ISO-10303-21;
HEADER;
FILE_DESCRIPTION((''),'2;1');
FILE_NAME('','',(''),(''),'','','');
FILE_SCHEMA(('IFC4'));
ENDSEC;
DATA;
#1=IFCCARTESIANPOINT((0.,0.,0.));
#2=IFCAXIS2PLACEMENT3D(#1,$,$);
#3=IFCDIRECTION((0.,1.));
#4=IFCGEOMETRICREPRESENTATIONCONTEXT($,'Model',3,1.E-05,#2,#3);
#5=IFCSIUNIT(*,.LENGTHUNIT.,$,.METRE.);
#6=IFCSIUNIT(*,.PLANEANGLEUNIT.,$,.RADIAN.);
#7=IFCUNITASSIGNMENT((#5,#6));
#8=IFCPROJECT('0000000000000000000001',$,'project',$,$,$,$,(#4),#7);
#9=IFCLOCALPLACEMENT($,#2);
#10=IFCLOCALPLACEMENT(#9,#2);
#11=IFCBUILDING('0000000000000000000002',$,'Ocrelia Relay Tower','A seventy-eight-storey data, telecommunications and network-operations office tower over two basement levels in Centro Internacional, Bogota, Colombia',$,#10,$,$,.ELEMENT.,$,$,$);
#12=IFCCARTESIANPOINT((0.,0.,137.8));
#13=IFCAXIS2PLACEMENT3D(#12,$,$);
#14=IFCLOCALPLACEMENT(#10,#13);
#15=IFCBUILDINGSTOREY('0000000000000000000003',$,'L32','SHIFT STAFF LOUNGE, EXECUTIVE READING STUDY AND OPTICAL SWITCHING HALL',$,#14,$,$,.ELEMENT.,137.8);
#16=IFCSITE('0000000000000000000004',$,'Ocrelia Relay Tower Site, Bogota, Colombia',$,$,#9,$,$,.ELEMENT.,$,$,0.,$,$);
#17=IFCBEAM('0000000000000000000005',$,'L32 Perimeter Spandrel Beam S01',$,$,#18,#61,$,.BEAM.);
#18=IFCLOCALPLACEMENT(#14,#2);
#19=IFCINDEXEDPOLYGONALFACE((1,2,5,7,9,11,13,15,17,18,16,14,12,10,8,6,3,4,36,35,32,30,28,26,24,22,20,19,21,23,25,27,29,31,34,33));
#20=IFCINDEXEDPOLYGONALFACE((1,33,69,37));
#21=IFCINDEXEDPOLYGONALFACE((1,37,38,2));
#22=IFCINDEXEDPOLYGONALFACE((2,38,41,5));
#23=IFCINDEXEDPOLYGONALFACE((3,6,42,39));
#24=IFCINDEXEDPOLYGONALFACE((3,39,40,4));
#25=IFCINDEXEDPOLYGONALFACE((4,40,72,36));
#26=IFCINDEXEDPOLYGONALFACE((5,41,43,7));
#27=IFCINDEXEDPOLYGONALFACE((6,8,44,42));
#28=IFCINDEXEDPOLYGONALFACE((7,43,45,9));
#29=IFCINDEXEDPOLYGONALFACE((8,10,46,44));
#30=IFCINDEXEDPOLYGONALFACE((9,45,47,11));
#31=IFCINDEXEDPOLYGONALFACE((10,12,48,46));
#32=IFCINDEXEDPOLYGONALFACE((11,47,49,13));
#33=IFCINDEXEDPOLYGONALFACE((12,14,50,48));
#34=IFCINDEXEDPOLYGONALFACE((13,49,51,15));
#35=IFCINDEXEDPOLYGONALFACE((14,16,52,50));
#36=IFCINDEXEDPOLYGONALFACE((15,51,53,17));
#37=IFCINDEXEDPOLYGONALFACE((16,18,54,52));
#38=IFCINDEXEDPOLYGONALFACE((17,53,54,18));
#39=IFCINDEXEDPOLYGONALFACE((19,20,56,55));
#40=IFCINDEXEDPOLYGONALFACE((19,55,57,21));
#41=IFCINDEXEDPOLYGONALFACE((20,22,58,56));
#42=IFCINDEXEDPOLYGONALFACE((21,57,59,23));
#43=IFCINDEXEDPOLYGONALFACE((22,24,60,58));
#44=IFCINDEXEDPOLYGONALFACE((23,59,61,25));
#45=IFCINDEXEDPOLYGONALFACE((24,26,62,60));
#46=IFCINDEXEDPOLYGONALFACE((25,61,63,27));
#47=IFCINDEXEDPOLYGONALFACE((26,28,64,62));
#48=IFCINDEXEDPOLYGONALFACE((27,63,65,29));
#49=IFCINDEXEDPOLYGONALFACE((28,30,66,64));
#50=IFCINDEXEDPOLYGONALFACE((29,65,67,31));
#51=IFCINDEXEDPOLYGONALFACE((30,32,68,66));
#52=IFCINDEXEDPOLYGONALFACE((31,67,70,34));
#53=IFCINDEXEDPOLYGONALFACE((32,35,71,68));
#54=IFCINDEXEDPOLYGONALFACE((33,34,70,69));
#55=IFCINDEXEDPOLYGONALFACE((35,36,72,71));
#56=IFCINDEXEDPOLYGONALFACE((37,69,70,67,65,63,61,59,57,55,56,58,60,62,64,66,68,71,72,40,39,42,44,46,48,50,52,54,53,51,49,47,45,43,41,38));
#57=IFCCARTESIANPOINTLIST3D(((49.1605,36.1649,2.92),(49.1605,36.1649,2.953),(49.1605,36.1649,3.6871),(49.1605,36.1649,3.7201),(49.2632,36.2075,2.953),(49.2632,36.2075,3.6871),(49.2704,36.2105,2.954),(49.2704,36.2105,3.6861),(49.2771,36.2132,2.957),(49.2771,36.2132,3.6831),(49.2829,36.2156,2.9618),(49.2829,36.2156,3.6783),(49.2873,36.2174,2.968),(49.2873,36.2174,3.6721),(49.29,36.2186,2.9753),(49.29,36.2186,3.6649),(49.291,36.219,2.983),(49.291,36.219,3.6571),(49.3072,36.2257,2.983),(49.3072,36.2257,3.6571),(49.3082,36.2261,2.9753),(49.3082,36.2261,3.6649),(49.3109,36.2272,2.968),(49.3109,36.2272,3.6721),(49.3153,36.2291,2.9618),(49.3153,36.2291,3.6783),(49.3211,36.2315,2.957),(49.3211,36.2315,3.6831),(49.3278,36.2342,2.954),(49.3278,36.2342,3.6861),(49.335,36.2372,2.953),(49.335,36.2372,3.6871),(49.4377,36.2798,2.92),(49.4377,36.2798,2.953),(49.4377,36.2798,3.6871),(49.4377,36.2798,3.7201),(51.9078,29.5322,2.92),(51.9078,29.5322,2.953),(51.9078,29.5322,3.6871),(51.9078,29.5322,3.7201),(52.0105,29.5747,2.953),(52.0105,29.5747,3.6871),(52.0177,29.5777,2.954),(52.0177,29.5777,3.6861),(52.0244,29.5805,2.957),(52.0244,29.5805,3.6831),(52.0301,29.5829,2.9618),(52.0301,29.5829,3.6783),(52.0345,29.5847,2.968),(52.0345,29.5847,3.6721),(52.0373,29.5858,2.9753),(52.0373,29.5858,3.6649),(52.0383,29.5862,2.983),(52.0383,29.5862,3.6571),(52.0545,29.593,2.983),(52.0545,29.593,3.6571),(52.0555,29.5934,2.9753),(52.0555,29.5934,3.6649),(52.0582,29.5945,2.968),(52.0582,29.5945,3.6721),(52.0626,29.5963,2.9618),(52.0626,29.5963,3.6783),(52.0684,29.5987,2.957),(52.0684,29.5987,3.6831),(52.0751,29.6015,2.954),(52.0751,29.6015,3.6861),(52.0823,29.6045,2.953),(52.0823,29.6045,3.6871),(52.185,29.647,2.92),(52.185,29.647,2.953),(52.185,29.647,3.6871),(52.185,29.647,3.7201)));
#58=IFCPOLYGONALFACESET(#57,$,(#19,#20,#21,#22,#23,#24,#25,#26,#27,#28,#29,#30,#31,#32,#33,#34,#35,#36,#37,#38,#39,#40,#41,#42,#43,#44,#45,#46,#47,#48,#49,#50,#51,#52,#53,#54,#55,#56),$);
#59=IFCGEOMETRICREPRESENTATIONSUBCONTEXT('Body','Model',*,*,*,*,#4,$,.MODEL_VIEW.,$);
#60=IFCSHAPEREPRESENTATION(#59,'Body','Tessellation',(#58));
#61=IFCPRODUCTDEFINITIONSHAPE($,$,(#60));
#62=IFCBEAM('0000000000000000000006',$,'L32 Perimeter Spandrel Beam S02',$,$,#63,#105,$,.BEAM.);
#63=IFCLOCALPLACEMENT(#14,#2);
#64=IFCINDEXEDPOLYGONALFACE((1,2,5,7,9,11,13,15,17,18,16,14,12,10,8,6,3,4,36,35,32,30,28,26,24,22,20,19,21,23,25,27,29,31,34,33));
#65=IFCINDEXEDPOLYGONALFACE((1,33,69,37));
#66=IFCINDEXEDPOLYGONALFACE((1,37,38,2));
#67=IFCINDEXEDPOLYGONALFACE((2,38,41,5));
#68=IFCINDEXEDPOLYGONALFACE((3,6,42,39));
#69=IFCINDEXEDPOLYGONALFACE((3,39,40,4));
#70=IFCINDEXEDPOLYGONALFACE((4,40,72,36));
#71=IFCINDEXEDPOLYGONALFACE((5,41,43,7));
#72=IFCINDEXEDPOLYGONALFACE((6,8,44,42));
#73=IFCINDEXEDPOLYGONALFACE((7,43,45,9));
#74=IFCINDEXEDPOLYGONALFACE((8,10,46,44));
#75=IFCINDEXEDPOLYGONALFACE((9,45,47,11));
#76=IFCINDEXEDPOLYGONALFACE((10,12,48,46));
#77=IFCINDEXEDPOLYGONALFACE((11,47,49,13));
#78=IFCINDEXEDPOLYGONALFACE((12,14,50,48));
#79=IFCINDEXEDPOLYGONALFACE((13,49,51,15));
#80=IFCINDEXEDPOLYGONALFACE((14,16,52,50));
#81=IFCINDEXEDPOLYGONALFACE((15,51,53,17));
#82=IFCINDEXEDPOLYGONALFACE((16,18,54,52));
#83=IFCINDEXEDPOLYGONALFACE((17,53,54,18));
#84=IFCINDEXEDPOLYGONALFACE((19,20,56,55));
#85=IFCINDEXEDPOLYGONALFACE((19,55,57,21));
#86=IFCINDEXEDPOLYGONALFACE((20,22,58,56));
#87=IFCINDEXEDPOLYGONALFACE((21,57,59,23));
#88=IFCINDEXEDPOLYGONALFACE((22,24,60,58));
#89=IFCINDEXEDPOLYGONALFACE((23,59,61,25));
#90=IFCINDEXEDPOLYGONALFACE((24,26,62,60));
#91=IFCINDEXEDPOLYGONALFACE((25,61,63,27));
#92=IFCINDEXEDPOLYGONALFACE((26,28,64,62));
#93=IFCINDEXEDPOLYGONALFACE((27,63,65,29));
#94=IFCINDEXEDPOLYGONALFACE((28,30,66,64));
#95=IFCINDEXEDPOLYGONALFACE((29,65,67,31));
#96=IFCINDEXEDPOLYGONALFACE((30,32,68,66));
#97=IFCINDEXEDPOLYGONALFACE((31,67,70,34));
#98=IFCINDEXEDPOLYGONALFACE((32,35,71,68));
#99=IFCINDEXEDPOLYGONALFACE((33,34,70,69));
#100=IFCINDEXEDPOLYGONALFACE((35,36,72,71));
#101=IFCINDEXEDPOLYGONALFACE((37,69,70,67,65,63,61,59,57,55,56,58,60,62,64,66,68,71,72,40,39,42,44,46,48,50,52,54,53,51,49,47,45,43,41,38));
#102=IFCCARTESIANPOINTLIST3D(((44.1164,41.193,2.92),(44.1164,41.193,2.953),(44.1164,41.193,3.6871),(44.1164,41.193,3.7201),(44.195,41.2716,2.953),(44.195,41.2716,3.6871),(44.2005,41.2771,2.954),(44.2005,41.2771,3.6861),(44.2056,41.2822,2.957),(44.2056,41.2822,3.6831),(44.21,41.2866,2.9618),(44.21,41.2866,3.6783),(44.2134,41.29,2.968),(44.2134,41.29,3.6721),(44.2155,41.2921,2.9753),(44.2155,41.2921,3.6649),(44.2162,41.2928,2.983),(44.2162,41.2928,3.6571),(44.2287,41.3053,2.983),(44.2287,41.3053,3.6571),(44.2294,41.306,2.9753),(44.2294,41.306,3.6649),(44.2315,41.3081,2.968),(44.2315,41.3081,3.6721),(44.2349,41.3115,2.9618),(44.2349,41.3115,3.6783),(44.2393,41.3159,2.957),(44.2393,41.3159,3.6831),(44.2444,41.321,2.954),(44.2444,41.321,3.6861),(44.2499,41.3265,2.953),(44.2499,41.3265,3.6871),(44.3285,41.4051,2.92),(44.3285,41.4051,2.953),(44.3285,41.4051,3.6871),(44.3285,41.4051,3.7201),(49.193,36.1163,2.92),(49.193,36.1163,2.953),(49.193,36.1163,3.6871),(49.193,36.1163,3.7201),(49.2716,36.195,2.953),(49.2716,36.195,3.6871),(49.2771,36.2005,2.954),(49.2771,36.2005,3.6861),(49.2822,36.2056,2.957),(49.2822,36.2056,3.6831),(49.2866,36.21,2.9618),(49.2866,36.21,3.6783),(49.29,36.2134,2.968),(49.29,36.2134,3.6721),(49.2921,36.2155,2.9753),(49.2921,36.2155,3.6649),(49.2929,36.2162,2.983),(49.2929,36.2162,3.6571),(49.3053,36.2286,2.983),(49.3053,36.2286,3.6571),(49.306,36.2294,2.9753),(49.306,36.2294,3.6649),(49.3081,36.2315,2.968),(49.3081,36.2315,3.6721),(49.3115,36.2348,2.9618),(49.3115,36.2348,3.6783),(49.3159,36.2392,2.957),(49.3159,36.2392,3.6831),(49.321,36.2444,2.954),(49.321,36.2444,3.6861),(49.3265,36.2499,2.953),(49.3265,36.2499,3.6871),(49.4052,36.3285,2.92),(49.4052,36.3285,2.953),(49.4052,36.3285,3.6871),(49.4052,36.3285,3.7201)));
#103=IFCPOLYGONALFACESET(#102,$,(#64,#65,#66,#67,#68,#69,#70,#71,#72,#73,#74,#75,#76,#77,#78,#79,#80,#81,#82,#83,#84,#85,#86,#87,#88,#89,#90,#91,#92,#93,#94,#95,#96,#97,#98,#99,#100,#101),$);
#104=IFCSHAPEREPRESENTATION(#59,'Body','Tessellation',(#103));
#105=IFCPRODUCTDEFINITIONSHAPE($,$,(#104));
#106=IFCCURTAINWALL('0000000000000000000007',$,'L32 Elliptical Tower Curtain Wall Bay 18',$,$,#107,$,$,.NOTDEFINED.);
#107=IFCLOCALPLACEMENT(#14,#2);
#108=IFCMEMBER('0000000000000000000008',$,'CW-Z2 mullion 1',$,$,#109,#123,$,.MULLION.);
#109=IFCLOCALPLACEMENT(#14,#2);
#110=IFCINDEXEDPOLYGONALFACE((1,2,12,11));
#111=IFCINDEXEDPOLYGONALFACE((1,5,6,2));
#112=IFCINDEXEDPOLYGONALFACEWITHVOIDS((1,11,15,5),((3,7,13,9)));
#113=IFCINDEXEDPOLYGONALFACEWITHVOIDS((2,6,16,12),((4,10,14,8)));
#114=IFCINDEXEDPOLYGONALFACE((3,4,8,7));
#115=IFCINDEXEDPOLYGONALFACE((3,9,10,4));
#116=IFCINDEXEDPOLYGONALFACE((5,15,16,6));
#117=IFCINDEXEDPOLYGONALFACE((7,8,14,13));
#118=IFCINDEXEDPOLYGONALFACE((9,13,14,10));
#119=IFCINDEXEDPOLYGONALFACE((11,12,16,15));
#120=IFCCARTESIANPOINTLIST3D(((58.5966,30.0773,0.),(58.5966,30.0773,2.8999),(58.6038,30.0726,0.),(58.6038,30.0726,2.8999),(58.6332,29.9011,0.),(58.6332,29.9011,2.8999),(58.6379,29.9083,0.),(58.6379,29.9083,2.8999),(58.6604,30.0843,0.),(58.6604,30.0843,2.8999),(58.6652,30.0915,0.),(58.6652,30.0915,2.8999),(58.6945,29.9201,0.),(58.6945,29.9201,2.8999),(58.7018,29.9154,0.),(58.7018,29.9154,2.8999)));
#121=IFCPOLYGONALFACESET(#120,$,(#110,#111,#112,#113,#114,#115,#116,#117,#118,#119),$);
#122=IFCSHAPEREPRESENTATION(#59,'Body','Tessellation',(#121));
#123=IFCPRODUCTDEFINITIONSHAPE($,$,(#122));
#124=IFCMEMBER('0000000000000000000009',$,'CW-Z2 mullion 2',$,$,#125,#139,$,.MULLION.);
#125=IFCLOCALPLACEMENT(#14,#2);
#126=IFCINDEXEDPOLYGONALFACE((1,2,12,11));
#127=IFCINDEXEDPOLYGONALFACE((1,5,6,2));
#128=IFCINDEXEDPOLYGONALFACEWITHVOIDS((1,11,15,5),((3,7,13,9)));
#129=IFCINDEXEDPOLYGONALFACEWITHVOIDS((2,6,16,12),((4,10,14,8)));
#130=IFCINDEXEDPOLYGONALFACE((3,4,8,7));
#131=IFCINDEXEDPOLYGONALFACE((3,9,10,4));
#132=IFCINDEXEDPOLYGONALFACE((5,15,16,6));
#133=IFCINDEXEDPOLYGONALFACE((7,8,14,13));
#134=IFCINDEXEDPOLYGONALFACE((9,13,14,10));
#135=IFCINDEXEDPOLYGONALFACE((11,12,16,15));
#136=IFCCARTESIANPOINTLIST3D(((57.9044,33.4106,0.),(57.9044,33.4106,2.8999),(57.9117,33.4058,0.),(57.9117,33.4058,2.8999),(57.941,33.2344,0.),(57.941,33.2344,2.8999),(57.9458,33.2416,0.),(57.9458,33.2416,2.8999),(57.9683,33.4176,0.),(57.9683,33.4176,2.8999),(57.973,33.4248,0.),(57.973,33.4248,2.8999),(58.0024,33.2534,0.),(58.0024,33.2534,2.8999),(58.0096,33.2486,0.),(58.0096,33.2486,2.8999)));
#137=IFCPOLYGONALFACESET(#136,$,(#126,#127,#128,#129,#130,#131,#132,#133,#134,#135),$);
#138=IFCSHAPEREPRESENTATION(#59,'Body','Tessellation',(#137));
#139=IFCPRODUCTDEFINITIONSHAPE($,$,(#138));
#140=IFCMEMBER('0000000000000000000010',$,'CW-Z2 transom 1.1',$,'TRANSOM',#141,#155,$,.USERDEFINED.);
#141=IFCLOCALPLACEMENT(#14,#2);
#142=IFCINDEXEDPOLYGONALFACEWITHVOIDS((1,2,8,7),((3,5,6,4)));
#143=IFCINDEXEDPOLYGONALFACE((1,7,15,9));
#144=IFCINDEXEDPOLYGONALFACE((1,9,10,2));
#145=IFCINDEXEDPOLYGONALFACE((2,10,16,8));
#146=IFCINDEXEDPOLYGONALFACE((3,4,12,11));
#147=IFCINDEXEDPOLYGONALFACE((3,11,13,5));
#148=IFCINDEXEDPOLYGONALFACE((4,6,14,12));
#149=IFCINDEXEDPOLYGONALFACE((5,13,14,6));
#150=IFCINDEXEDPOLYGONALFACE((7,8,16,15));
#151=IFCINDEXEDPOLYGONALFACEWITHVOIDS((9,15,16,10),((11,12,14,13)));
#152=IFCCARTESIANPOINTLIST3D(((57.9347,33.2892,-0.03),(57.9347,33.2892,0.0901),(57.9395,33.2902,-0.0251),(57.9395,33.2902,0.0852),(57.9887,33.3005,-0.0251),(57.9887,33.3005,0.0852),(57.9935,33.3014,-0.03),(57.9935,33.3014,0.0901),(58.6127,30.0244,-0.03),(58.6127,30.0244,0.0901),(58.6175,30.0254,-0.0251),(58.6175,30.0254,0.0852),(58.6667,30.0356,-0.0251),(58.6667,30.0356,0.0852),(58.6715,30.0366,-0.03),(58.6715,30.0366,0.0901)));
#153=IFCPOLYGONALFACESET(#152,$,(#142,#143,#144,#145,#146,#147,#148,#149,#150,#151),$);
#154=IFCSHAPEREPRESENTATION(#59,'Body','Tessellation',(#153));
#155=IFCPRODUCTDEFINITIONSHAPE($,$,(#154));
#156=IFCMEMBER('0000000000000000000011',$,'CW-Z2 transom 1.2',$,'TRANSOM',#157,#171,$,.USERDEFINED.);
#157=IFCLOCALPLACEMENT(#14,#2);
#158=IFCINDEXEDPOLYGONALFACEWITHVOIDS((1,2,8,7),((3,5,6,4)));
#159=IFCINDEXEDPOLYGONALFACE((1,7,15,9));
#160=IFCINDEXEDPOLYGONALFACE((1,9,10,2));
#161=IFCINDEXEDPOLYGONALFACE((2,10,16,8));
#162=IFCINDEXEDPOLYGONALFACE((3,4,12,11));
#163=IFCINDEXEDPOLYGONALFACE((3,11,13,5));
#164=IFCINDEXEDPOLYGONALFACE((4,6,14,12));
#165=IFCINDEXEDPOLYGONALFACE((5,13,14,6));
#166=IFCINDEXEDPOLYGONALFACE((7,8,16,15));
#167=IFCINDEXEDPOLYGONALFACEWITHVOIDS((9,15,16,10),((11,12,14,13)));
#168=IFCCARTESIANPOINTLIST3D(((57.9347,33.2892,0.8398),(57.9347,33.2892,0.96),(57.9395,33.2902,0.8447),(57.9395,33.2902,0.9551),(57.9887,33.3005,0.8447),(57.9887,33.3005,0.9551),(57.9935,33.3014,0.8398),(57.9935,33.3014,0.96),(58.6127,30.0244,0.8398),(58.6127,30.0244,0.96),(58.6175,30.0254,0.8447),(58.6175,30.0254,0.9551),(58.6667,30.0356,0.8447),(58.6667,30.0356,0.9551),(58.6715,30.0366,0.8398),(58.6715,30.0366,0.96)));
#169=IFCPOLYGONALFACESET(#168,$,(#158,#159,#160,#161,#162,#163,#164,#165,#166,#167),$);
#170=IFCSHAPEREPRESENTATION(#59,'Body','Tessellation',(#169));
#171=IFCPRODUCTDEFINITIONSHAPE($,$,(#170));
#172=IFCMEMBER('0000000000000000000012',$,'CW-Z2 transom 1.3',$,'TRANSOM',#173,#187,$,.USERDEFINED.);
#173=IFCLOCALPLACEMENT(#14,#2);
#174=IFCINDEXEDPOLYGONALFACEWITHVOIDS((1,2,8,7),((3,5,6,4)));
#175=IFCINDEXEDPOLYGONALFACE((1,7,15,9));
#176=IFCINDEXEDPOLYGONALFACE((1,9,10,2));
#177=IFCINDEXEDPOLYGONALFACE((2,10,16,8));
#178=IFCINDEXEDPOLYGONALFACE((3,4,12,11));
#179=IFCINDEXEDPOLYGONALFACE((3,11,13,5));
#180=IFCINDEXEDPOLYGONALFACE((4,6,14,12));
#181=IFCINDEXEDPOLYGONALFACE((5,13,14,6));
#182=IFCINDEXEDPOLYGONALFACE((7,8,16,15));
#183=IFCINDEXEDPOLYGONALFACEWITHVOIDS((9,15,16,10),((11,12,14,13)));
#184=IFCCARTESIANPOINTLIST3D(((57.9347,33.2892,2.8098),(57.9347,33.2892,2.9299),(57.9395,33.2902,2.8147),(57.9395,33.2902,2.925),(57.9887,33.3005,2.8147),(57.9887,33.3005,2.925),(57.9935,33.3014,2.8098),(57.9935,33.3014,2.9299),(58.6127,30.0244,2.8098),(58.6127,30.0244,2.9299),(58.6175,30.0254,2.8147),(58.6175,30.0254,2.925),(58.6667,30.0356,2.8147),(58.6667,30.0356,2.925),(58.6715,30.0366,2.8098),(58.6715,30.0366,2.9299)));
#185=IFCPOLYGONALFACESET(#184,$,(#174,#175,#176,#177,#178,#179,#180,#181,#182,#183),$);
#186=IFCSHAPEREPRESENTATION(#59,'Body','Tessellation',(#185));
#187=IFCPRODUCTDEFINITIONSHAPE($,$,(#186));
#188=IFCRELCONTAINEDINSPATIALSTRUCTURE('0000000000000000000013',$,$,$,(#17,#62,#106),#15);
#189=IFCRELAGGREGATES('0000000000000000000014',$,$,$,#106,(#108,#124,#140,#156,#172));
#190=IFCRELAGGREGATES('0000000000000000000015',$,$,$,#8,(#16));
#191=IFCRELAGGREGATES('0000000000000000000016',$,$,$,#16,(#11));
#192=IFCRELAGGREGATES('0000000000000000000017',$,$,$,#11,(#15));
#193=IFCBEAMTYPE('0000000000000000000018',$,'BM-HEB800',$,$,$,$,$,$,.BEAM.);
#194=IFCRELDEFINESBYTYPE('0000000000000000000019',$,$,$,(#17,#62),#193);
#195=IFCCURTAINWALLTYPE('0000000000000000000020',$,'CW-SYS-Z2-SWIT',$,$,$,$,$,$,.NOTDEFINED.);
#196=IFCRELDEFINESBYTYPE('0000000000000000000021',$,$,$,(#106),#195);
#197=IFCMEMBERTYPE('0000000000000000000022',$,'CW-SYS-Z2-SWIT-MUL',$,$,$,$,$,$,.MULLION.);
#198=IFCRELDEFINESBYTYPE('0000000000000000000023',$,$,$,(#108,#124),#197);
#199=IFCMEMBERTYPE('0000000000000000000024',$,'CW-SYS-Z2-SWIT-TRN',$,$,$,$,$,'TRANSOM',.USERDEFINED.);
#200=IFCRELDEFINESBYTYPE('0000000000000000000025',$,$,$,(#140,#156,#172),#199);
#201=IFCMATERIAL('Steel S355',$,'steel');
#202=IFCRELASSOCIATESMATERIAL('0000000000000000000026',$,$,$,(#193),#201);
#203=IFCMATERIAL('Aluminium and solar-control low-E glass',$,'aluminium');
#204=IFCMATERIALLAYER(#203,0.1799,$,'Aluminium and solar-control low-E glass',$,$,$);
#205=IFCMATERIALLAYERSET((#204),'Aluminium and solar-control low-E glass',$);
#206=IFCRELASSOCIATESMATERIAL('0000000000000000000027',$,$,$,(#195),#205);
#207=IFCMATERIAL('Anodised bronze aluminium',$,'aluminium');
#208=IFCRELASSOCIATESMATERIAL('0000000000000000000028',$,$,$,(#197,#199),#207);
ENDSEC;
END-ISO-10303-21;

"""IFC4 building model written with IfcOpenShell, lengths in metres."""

from ifc_helpers import new_model, si_unit, direction, frame, origin, origin_2d, place, context, subcontext, project, spatial, hollow_rectangle, i_section, extrude, material, layer, layer_set, material_profile, profile_set, type_object, element, aggregate, save


model = new_model("IFC4")

# Units and contexts
model_context = context("Model", 3, precision=1e-05, world=origin(), true_north=direction((0.0, 1.0)))
body_context = subcontext(model_context, "Body", "Model", "MODEL_VIEW")
ifc_project = project(units=[si_unit("LENGTHUNIT", "METRE"), si_unit("PLANEANGLEUNIT", "RADIAN")], contexts=[model_context])

# Site, building, storey
site_placement = place(None, origin())
site = spatial("IfcSite", under=ifc_project, at=site_placement, Name="Ocrelia Relay Tower Site, Bogota, Colombia", CompositionType="ELEMENT", RefElevation=0.0)
building_placement = place(site_placement, origin())
building = spatial("IfcBuilding", under=site, at=building_placement, Name="Ocrelia Relay Tower", Description="A seventy-eight-storey data, telecommunications and network-operations office tower over two basement levels in Centro Internacional, Bogota, Colombia", CompositionType="ELEMENT")
storey_placement = place(building_placement, frame((0.0, 0.0, 137.8)))
storey = spatial("IfcBuildingStorey", under=building, at=storey_placement, Name="L32", Description="SHIFT STAFF LOUNGE, EXECUTIVE READING STUDY AND OPTICAL SWITCHING HALL", CompositionType="ELEMENT", Elevation=137.8)

# Beams
ifc_material_1 = material(Name="Steel S355", Category="steel")
ifc_material_profile_1 = material_profile(ifc_material_1, i_section(OverallWidth=0.3, OverallDepth=0.8, WebThickness=0.0176, FlangeThickness=0.033, FilletRadius=0.03, at=origin_2d()), Name="HEB 800")
ifc_profile_set_1 = profile_set([ifc_material_profile_1], Name="Steel S355")
beam_type_1 = type_object("IfcBeamType", Name="BM-HEB800", PredefinedType="BEAM", material=ifc_profile_set_1)
beam_1_placement = place(storey_placement, frame((52.0464, 29.5896, 3.3201), z_axis=(-0.382673, 0.923884, 0.0), x_axis=(-0.923884, -0.382673, 0.0)))
element("IfcBeam", 1, at=beam_1_placement, inside=storey, type_object=beam_type_1, Name="L32 Perimeter Spandrel Beam S01", PredefinedType="BEAM", context=body_context, shape_type="SweptSolid", body=[
    extrude(i_section(OverallWidth=0.3, OverallDepth=0.8, WebThickness=0.0176, FlangeThickness=0.033, FilletRadius=0.03, at=origin_2d()), origin(), (0.0, 0.0, 1.0), 7.1792),
])
beam_2_placement = place(storey_placement, frame((49.2991, 36.2224, 3.3201), z_axis=(-0.707107, 0.707107, 0.0), x_axis=(-0.707107, -0.707107, 0.0)))
element("IfcBeam", 2, at=beam_2_placement, inside=storey, type_object=beam_type_1, Name="L32 Perimeter Spandrel Beam S02", PredefinedType="BEAM", context=body_context, shape_type="SweptSolid", body=[
    extrude(i_section(OverallWidth=0.3, OverallDepth=0.8, WebThickness=0.0176, FlangeThickness=0.033, FilletRadius=0.03, at=origin_2d()), origin(), (0.0, 0.0, 1.0), 7.1794),
])

# Curtain wall, members
ifc_material_2 = material(Name="Aluminium and solar-control low-E glass", Category="aluminium")
ifc_layer_1 = layer(ifc_material_2, 0.1799, Name="Aluminium and solar-control low-E glass")
ifc_layer_set_1 = layer_set([ifc_layer_1], Name="Aluminium and solar-control low-E glass")
curtain_wall_type = type_object("IfcCurtainWallType", Name="CW-SYS-Z2-SWIT", PredefinedType="NOTDEFINED", material=ifc_layer_set_1)
curtain_wall_placement = place(storey_placement, origin())
curtain_wall = element("IfcCurtainWall", 3, at=curtain_wall_placement, inside=storey, type_object=curtain_wall_type, Name="L32 Elliptical Tower Curtain Wall Bay 18", PredefinedType="NOTDEFINED")
ifc_material_3 = material(Name="Anodised bronze aluminium", Category="aluminium")
ifc_material_profile_2 = material_profile(ifc_material_3, hollow_rectangle(XDim=0.0701, YDim=0.1799, WallThickness=0.0061, at=origin_2d()), Name="CW-MUL-180x70")
ifc_profile_set_2 = profile_set([ifc_material_profile_2], Name="Anodised bronze aluminium")
member_type_1 = type_object("IfcMemberType", Name="CW-SYS-Z2-SWIT-MUL", PredefinedType="MULLION", material=ifc_profile_set_2)
member_1_placement = place(storey_placement, frame((58.6492, 29.9963, 0.0), z_axis=(0.0, 0.0, 1.0), x_axis=(-0.979114, -0.203312, 0.0)))
member_1 = element("IfcMember", 4, at=member_1_placement, type_object=member_type_1, Name="CW-Z2 mullion 1", PredefinedType="MULLION", context=body_context, shape_type="SweptSolid", body=[
    extrude(hollow_rectangle(XDim=0.0701, YDim=0.1799, WallThickness=0.0061, at=origin_2d()), origin(), (0.0, 0.0, 1.0), 2.8999),
])
member_2_placement = place(storey_placement, frame((57.957, 33.3296, 0.0), z_axis=(0.0, 0.0, 1.0), x_axis=(-0.979114, -0.203312, 0.0)))
member_2 = element("IfcMember", 5, at=member_2_placement, type_object=member_type_1, Name="CW-Z2 mullion 2", PredefinedType="MULLION", context=body_context, shape_type="SweptSolid", body=[
    extrude(hollow_rectangle(XDim=0.0701, YDim=0.1799, WallThickness=0.0061, at=origin_2d()), origin(), (0.0, 0.0, 1.0), 2.8999),
])
ifc_material_profile_3 = material_profile(ifc_material_3, hollow_rectangle(XDim=0.0601, YDim=0.1201, WallThickness=0.0049, at=origin_2d()), Name="CW-TRN-120x60")
ifc_profile_set_3 = profile_set([ifc_material_profile_3], Name="Anodised bronze aluminium")
member_type_2 = type_object("IfcMemberType", Name="CW-SYS-Z2-SWIT-TRN", ElementType="TRANSOM", PredefinedType="USERDEFINED", material=ifc_profile_set_3)
member_3_placement = place(storey_placement, frame((58.6421, 30.0305, 0.03), z_axis=(-0.20332, 0.979112, 0.0), x_axis=(-0.979112, -0.20332, 0.0)))
member_3 = element("IfcMember", 6, at=member_3_placement, type_object=member_type_2, Name="CW-Z2 transom 1.1", ObjectType="TRANSOM", PredefinedType="USERDEFINED", context=body_context, shape_type="SweptSolid", body=[
    extrude(hollow_rectangle(XDim=0.0601, YDim=0.1201, WallThickness=0.0049, at=origin_2d()), origin(), (0.0, 0.0, 1.0), 3.3345),
])
member_4_placement = place(storey_placement, frame((58.6421, 30.0305, 0.8999), z_axis=(-0.20332, 0.979112, 0.0), x_axis=(-0.979112, -0.20332, 0.0)))
member_4 = element("IfcMember", 7, at=member_4_placement, type_object=member_type_2, Name="CW-Z2 transom 1.2", ObjectType="TRANSOM", PredefinedType="USERDEFINED", context=body_context, shape_type="SweptSolid", body=[
    extrude(hollow_rectangle(XDim=0.0601, YDim=0.1201, WallThickness=0.0049, at=origin_2d()), origin(), (0.0, 0.0, 1.0), 3.3345),
])
member_5_placement = place(storey_placement, frame((58.6421, 30.0305, 2.8699), z_axis=(-0.20332, 0.979112, 0.0), x_axis=(-0.979112, -0.20332, 0.0)))
member_5 = element("IfcMember", 8, at=member_5_placement, type_object=member_type_2, Name="CW-Z2 transom 1.3", ObjectType="TRANSOM", PredefinedType="USERDEFINED", context=body_context, shape_type="SweptSolid", body=[
    extrude(hollow_rectangle(XDim=0.0601, YDim=0.1201, WallThickness=0.0049, at=origin_2d()), origin(), (0.0, 0.0, 1.0), 3.3345),
])
aggregate(curtain_wall, [member_1, member_2, member_3, member_4, member_5])

save(model, "model.ifc")
